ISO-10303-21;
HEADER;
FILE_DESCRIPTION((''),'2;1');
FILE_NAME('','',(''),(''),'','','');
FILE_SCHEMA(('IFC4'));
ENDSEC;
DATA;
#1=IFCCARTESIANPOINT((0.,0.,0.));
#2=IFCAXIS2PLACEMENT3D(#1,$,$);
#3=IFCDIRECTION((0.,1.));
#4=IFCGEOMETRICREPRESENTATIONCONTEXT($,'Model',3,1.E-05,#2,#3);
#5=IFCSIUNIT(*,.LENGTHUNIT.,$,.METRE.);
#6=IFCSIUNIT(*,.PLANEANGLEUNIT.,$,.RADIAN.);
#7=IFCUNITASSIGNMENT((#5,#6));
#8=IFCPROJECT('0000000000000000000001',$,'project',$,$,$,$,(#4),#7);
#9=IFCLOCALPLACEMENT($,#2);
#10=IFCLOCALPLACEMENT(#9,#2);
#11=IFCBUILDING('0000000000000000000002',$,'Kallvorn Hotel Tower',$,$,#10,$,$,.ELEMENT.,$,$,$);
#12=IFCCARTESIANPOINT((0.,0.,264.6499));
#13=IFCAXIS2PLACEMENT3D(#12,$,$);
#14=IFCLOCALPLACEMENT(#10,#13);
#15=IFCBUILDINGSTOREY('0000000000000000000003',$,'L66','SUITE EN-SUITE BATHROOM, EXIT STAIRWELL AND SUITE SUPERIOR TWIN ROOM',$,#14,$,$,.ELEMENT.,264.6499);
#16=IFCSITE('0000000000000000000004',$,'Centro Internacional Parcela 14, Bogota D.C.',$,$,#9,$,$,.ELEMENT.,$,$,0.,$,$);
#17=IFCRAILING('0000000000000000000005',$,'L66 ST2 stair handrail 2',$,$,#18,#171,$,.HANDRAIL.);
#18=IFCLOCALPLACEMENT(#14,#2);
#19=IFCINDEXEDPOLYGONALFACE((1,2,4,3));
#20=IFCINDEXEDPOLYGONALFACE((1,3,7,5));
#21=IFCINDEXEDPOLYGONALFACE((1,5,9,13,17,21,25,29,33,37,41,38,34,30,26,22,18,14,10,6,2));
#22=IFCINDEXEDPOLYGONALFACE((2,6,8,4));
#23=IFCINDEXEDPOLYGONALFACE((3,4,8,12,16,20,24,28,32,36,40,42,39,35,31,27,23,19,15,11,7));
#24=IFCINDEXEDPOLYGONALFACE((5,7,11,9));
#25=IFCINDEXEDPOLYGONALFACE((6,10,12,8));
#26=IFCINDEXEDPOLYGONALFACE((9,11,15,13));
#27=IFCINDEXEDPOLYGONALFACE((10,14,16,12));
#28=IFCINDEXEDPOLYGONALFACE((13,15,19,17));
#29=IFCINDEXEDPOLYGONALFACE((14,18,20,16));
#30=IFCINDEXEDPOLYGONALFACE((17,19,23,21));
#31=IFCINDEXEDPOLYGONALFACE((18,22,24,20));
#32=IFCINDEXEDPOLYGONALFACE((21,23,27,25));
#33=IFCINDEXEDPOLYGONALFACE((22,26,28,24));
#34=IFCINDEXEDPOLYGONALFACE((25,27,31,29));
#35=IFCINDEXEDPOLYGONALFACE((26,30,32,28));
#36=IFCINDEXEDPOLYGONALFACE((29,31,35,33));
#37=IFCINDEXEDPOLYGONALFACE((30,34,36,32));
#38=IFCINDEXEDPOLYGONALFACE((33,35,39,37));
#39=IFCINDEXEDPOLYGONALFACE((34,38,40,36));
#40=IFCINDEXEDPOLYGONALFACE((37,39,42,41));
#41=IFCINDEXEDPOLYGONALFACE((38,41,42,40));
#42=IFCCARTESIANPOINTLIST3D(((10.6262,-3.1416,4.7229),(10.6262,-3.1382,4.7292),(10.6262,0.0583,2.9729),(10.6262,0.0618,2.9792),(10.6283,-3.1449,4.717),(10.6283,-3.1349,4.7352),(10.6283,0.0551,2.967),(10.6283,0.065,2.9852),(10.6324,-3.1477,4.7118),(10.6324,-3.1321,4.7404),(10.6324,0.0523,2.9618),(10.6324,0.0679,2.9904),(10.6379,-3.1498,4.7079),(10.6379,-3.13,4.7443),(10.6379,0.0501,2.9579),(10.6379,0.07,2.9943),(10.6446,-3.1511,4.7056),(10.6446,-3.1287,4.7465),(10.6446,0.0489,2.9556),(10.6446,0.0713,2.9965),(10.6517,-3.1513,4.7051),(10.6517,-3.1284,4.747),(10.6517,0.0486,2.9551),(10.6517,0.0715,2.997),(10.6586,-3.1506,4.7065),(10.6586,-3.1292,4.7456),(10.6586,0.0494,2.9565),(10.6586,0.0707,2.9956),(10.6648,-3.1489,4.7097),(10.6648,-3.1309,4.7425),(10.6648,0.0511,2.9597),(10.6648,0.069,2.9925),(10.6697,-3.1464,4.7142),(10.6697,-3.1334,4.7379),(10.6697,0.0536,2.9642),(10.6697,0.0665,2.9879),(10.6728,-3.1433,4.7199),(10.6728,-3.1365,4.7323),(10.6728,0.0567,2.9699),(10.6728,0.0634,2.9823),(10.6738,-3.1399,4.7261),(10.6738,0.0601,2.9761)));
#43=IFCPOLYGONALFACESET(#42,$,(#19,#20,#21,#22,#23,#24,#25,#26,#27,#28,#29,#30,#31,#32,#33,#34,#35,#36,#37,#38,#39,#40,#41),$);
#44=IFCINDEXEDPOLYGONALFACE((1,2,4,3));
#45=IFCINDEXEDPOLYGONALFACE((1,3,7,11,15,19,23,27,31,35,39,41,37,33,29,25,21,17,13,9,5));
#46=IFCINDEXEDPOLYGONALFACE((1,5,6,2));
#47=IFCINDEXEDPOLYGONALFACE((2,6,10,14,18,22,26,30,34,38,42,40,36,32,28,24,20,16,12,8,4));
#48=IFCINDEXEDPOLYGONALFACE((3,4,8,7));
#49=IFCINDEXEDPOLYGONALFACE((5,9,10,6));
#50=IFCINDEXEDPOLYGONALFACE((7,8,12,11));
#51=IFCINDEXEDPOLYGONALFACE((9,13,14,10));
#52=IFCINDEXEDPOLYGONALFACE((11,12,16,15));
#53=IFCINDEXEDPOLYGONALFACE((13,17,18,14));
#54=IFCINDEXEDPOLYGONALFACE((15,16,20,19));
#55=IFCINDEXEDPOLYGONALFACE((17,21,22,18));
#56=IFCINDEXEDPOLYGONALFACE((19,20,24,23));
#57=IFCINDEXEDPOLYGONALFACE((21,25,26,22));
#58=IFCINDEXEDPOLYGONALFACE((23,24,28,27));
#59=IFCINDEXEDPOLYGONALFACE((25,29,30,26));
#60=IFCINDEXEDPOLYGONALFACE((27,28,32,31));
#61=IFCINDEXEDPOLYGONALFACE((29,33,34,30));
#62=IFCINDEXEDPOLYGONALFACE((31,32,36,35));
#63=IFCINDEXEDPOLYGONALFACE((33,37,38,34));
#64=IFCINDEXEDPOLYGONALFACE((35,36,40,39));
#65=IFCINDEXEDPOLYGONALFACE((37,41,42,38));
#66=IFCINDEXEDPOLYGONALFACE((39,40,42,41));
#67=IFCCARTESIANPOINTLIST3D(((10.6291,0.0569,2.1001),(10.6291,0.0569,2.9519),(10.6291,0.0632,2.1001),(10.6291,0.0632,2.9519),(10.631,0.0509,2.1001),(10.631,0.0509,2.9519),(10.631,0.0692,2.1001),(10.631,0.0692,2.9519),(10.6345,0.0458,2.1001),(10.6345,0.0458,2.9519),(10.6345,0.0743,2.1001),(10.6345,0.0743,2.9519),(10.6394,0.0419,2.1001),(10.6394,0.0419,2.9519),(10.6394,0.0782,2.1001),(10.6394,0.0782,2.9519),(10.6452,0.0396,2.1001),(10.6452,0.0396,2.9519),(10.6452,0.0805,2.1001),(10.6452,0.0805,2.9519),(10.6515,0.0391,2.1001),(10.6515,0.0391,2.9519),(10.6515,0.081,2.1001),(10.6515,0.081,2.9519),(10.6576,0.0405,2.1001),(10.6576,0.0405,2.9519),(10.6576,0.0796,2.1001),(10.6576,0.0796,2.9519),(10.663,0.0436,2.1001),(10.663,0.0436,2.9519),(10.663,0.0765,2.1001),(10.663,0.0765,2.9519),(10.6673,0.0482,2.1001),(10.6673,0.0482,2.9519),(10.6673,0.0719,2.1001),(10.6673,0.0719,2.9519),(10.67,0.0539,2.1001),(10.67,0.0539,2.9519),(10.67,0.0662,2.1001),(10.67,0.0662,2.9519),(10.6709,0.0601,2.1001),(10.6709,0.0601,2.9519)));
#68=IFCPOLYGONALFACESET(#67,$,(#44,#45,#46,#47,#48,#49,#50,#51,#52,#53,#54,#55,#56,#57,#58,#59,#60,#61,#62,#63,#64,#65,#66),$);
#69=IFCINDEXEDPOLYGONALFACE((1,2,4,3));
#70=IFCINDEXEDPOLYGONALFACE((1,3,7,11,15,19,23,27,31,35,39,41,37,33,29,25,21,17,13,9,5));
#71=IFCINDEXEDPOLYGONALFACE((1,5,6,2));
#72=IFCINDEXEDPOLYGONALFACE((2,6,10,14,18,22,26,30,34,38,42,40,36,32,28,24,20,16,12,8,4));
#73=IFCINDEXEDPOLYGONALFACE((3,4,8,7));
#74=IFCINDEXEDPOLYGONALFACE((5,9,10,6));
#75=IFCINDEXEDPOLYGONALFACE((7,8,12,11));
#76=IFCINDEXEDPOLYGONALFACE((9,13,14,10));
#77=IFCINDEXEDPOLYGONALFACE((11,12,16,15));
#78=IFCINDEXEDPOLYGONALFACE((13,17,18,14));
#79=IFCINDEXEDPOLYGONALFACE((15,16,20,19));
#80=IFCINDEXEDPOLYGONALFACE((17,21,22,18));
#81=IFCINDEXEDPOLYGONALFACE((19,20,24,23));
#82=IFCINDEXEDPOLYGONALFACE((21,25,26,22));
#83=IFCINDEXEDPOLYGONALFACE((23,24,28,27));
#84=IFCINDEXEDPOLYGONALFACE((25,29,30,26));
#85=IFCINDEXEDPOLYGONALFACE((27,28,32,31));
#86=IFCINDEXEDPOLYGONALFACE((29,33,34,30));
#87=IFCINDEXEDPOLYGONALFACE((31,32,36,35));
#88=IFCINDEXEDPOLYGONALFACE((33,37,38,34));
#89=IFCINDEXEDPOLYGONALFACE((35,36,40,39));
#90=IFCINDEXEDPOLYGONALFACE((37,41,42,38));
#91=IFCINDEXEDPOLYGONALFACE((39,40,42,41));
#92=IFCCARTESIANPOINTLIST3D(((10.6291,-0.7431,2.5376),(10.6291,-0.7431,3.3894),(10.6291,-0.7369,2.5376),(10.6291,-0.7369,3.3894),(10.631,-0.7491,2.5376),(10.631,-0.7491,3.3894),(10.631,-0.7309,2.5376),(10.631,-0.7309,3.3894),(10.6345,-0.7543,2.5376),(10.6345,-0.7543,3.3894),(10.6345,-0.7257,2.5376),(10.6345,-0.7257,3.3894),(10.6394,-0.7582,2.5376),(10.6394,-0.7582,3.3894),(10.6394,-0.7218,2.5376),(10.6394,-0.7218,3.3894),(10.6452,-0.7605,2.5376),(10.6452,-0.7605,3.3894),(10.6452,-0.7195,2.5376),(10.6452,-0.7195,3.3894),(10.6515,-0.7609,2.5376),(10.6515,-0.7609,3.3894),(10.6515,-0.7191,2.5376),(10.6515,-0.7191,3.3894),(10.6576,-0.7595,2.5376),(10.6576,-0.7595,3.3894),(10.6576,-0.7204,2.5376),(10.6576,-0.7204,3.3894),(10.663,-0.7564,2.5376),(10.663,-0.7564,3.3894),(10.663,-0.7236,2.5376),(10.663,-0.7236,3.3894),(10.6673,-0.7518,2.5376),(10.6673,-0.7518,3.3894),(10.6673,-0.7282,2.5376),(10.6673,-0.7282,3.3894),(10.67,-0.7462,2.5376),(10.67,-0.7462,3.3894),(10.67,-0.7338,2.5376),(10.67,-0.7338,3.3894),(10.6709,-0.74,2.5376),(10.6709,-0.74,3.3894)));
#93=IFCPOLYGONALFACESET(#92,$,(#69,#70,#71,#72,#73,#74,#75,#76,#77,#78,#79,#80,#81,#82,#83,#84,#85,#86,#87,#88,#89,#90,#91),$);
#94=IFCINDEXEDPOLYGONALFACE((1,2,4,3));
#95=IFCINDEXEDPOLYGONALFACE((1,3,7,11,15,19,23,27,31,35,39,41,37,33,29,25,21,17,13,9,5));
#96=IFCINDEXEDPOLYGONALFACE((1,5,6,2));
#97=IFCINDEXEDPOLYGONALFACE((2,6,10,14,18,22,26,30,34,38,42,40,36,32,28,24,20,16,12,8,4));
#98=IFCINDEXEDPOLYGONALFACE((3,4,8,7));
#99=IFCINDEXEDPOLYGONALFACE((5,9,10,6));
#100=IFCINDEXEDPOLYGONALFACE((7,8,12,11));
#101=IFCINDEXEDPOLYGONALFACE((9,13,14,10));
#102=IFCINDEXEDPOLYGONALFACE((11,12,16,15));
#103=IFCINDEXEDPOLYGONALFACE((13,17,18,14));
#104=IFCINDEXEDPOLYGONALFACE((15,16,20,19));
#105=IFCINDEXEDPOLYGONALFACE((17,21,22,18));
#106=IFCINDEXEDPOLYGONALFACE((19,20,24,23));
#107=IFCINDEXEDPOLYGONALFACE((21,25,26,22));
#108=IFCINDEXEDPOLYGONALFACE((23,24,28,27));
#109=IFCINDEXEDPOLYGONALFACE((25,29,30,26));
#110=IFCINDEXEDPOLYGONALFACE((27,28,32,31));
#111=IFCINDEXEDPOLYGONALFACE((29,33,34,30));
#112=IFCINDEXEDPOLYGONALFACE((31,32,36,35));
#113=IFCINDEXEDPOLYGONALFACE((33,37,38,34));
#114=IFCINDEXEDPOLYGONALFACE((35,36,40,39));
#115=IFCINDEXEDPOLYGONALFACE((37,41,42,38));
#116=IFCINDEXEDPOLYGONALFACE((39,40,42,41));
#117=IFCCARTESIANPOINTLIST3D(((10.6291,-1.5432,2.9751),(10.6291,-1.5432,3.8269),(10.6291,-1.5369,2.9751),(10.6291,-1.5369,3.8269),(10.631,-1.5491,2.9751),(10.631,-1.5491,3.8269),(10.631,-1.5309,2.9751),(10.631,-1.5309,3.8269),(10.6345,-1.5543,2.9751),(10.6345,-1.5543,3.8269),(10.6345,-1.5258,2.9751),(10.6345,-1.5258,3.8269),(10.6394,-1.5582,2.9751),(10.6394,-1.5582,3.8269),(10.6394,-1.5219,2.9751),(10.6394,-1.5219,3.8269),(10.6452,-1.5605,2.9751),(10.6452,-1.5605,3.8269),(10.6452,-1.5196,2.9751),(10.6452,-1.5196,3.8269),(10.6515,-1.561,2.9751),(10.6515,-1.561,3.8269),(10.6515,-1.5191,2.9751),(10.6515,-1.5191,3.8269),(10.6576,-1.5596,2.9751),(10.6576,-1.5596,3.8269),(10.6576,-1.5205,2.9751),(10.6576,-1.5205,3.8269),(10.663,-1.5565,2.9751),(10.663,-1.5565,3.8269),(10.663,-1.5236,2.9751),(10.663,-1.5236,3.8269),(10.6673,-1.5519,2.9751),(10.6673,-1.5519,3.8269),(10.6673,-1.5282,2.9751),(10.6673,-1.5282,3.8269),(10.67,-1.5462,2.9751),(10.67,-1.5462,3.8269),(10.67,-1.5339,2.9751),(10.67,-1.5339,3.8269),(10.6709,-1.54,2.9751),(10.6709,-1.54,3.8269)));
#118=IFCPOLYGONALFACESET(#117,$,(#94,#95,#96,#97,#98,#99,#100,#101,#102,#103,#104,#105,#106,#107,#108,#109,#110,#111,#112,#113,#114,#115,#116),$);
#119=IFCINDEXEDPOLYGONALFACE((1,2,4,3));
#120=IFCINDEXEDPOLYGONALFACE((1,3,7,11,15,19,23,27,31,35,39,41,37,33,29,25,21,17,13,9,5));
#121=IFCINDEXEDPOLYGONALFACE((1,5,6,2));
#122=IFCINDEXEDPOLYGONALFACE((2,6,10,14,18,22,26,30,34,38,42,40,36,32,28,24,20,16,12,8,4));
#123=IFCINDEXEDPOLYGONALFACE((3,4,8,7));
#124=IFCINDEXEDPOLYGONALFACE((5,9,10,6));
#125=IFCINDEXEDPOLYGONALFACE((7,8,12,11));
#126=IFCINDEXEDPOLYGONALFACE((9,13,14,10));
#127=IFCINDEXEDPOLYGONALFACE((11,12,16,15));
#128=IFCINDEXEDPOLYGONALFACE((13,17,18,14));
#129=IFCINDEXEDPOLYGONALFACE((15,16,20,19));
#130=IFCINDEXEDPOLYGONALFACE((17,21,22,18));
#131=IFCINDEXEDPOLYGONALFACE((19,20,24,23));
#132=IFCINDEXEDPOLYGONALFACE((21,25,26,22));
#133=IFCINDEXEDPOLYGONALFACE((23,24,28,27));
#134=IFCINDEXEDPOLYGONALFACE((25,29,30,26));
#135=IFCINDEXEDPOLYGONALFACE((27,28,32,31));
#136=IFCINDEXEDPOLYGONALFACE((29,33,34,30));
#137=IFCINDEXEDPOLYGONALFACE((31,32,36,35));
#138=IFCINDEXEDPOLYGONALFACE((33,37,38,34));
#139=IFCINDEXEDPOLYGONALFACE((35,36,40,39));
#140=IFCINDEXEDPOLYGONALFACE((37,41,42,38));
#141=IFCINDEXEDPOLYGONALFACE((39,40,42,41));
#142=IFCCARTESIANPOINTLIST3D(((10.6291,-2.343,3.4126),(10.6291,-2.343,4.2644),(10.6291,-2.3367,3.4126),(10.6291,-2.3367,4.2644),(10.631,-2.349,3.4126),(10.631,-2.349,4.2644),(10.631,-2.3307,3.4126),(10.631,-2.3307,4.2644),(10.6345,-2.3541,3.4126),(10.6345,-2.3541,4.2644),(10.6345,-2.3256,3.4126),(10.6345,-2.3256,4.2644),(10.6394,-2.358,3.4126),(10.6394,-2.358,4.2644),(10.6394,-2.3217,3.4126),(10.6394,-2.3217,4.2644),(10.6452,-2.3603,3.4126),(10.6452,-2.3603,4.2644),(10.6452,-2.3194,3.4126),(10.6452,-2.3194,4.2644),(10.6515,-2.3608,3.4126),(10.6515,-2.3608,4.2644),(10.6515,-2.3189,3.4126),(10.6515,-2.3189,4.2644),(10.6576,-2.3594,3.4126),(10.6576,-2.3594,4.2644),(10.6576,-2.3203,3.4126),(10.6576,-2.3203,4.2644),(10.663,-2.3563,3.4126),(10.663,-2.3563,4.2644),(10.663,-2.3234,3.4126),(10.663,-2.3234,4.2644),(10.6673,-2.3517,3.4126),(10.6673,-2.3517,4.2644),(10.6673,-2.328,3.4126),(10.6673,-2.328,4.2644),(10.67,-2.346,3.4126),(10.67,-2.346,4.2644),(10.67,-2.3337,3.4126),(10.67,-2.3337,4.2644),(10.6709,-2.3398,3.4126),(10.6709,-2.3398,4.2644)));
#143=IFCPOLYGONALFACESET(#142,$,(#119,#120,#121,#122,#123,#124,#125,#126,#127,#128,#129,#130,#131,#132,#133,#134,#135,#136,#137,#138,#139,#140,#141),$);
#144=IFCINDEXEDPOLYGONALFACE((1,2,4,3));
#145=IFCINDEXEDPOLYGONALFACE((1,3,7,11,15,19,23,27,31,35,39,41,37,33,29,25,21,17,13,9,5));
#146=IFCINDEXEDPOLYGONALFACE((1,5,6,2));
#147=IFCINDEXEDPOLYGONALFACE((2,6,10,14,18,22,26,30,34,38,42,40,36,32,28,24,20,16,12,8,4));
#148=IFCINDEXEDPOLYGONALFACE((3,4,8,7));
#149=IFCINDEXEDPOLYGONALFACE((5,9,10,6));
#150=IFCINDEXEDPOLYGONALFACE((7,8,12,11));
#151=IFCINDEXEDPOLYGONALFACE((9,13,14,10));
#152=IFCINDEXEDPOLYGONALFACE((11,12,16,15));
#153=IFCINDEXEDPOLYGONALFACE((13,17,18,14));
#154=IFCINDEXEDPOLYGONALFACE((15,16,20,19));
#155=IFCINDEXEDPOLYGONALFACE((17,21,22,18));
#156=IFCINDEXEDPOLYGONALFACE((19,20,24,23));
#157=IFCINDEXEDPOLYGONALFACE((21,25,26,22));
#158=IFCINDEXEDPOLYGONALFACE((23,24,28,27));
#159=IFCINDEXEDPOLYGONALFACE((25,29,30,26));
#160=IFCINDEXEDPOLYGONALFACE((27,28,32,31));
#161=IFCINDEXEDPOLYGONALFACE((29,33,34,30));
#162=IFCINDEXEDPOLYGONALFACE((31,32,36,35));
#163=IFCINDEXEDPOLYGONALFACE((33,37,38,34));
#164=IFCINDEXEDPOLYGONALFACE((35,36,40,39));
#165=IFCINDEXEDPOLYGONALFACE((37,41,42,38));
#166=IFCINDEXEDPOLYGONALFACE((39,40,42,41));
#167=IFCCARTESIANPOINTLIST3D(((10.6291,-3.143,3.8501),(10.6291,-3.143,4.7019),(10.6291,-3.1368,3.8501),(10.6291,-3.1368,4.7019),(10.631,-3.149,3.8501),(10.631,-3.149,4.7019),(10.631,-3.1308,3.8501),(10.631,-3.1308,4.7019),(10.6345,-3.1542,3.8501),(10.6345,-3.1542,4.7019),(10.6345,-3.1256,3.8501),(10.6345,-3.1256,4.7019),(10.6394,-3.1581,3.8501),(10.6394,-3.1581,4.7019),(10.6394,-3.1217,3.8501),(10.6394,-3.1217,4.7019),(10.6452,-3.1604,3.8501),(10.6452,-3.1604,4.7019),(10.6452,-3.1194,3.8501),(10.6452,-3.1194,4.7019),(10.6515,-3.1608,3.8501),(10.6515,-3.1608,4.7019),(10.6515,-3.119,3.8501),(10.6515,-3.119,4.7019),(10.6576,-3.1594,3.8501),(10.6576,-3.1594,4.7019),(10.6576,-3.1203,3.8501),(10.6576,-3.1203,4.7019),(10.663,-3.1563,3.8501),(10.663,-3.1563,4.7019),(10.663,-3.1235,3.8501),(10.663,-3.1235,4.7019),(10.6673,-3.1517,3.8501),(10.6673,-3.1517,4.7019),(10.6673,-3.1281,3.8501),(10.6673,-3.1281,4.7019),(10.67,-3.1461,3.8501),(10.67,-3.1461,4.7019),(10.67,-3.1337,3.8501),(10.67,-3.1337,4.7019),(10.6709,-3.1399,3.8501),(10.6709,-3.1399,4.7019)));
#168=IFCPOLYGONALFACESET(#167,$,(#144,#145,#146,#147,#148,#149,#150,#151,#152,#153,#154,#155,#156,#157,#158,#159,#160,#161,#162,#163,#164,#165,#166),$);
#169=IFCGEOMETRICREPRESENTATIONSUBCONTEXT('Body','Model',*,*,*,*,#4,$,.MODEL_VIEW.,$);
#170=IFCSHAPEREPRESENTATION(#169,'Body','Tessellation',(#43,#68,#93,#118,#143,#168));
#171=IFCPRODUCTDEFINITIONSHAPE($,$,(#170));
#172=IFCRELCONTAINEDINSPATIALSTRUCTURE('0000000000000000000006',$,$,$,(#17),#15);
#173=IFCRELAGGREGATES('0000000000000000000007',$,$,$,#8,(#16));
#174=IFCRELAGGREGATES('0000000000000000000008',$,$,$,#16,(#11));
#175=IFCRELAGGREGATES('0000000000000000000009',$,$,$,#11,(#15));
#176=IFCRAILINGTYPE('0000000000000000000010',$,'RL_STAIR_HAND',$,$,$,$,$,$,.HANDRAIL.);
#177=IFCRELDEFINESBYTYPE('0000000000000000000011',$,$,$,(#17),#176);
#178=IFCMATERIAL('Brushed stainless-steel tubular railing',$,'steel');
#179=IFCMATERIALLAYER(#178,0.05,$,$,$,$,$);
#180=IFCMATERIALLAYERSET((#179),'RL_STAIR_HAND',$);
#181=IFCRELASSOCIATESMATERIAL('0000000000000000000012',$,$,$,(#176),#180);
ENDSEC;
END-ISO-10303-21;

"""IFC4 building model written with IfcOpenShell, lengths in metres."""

from ifc_helpers import new_model, si_unit, direction, frame, origin, origin_2d, place, context, subcontext, project, spatial, circle, extrude, material, layer, layer_set, type_object, element, save


model = new_model("IFC4")

# Units and contexts
model_context = context("Model", 3, precision=1e-05, world=origin(), true_north=direction((0.0, 1.0)))
body_context = subcontext(model_context, "Body", "Model", "MODEL_VIEW")
ifc_project = project(units=[si_unit("LENGTHUNIT", "METRE"), si_unit("PLANEANGLEUNIT", "RADIAN")], contexts=[model_context])

# Site, building, storey
site_placement = place(None, origin())
site = spatial("IfcSite", under=ifc_project, at=site_placement, Name="Centro Internacional Parcela 14, Bogota D.C.", CompositionType="ELEMENT", RefElevation=0.0)
building_placement = place(site_placement, origin())
building = spatial("IfcBuilding", under=site, at=building_placement, Name="Kallvorn Hotel Tower", CompositionType="ELEMENT")
storey_placement = place(building_placement, frame((0.0, 0.0, 264.6499)))
storey = spatial("IfcBuildingStorey", under=building, at=storey_placement, Name="L66", Description="SUITE EN-SUITE BATHROOM, EXIT STAIRWELL AND SUITE SUPERIOR TWIN ROOM", CompositionType="ELEMENT", Elevation=264.6499)

# Railing
ifc_material_1 = material(Name="Brushed stainless-steel tubular railing", Category="steel")
ifc_layer_1 = layer(ifc_material_1, 0.05)
ifc_layer_set_1 = layer_set([ifc_layer_1], Name="RL_STAIR_HAND")
railing_type_1 = type_object("IfcRailingType", Name="RL_STAIR_HAND", PredefinedType="HANDRAIL", material=ifc_layer_set_1)
railing_1_placement = place(storey_placement, frame((10.6499, 0.0601, 2.1001)))
element("IfcRailing", 1, at=railing_1_placement, inside=storey, type_object=railing_type_1, Name="L66 ST2 stair handrail 2", PredefinedType="HANDRAIL", context=body_context, shape_type="SweptSolid", body=[
    extrude(circle(Radius=0.0239, at=origin_2d()), frame((0.0, 0.0, 0.876), z_axis=(0.0, -0.877368, 0.479818), x_axis=(1.0, 0.0, 0.0)), (0.0, 0.0, 1.0), 3.6472),
    extrude(circle(Radius=0.021, at=origin_2d()), origin(), (0.0, 0.0, 1.0), 0.8518),
    extrude(circle(Radius=0.021, at=origin_2d()), frame((0.0, -0.8, 0.4375)), (0.0, 0.0, 1.0), 0.8518),
    extrude(circle(Radius=0.021, at=origin_2d()), frame((0.0, -1.6001, 0.875)), (0.0, 0.0, 1.0), 0.8518),
    extrude(circle(Radius=0.021, at=origin_2d()), frame((0.0, -2.3999, 1.3125)), (0.0, 0.0, 1.0), 0.8518),
    extrude(circle(Radius=0.021, at=origin_2d()), frame((0.0, -3.2, 1.75)), (0.0, 0.0, 1.0), 0.8518),
])

save(model, "model.ifc")
